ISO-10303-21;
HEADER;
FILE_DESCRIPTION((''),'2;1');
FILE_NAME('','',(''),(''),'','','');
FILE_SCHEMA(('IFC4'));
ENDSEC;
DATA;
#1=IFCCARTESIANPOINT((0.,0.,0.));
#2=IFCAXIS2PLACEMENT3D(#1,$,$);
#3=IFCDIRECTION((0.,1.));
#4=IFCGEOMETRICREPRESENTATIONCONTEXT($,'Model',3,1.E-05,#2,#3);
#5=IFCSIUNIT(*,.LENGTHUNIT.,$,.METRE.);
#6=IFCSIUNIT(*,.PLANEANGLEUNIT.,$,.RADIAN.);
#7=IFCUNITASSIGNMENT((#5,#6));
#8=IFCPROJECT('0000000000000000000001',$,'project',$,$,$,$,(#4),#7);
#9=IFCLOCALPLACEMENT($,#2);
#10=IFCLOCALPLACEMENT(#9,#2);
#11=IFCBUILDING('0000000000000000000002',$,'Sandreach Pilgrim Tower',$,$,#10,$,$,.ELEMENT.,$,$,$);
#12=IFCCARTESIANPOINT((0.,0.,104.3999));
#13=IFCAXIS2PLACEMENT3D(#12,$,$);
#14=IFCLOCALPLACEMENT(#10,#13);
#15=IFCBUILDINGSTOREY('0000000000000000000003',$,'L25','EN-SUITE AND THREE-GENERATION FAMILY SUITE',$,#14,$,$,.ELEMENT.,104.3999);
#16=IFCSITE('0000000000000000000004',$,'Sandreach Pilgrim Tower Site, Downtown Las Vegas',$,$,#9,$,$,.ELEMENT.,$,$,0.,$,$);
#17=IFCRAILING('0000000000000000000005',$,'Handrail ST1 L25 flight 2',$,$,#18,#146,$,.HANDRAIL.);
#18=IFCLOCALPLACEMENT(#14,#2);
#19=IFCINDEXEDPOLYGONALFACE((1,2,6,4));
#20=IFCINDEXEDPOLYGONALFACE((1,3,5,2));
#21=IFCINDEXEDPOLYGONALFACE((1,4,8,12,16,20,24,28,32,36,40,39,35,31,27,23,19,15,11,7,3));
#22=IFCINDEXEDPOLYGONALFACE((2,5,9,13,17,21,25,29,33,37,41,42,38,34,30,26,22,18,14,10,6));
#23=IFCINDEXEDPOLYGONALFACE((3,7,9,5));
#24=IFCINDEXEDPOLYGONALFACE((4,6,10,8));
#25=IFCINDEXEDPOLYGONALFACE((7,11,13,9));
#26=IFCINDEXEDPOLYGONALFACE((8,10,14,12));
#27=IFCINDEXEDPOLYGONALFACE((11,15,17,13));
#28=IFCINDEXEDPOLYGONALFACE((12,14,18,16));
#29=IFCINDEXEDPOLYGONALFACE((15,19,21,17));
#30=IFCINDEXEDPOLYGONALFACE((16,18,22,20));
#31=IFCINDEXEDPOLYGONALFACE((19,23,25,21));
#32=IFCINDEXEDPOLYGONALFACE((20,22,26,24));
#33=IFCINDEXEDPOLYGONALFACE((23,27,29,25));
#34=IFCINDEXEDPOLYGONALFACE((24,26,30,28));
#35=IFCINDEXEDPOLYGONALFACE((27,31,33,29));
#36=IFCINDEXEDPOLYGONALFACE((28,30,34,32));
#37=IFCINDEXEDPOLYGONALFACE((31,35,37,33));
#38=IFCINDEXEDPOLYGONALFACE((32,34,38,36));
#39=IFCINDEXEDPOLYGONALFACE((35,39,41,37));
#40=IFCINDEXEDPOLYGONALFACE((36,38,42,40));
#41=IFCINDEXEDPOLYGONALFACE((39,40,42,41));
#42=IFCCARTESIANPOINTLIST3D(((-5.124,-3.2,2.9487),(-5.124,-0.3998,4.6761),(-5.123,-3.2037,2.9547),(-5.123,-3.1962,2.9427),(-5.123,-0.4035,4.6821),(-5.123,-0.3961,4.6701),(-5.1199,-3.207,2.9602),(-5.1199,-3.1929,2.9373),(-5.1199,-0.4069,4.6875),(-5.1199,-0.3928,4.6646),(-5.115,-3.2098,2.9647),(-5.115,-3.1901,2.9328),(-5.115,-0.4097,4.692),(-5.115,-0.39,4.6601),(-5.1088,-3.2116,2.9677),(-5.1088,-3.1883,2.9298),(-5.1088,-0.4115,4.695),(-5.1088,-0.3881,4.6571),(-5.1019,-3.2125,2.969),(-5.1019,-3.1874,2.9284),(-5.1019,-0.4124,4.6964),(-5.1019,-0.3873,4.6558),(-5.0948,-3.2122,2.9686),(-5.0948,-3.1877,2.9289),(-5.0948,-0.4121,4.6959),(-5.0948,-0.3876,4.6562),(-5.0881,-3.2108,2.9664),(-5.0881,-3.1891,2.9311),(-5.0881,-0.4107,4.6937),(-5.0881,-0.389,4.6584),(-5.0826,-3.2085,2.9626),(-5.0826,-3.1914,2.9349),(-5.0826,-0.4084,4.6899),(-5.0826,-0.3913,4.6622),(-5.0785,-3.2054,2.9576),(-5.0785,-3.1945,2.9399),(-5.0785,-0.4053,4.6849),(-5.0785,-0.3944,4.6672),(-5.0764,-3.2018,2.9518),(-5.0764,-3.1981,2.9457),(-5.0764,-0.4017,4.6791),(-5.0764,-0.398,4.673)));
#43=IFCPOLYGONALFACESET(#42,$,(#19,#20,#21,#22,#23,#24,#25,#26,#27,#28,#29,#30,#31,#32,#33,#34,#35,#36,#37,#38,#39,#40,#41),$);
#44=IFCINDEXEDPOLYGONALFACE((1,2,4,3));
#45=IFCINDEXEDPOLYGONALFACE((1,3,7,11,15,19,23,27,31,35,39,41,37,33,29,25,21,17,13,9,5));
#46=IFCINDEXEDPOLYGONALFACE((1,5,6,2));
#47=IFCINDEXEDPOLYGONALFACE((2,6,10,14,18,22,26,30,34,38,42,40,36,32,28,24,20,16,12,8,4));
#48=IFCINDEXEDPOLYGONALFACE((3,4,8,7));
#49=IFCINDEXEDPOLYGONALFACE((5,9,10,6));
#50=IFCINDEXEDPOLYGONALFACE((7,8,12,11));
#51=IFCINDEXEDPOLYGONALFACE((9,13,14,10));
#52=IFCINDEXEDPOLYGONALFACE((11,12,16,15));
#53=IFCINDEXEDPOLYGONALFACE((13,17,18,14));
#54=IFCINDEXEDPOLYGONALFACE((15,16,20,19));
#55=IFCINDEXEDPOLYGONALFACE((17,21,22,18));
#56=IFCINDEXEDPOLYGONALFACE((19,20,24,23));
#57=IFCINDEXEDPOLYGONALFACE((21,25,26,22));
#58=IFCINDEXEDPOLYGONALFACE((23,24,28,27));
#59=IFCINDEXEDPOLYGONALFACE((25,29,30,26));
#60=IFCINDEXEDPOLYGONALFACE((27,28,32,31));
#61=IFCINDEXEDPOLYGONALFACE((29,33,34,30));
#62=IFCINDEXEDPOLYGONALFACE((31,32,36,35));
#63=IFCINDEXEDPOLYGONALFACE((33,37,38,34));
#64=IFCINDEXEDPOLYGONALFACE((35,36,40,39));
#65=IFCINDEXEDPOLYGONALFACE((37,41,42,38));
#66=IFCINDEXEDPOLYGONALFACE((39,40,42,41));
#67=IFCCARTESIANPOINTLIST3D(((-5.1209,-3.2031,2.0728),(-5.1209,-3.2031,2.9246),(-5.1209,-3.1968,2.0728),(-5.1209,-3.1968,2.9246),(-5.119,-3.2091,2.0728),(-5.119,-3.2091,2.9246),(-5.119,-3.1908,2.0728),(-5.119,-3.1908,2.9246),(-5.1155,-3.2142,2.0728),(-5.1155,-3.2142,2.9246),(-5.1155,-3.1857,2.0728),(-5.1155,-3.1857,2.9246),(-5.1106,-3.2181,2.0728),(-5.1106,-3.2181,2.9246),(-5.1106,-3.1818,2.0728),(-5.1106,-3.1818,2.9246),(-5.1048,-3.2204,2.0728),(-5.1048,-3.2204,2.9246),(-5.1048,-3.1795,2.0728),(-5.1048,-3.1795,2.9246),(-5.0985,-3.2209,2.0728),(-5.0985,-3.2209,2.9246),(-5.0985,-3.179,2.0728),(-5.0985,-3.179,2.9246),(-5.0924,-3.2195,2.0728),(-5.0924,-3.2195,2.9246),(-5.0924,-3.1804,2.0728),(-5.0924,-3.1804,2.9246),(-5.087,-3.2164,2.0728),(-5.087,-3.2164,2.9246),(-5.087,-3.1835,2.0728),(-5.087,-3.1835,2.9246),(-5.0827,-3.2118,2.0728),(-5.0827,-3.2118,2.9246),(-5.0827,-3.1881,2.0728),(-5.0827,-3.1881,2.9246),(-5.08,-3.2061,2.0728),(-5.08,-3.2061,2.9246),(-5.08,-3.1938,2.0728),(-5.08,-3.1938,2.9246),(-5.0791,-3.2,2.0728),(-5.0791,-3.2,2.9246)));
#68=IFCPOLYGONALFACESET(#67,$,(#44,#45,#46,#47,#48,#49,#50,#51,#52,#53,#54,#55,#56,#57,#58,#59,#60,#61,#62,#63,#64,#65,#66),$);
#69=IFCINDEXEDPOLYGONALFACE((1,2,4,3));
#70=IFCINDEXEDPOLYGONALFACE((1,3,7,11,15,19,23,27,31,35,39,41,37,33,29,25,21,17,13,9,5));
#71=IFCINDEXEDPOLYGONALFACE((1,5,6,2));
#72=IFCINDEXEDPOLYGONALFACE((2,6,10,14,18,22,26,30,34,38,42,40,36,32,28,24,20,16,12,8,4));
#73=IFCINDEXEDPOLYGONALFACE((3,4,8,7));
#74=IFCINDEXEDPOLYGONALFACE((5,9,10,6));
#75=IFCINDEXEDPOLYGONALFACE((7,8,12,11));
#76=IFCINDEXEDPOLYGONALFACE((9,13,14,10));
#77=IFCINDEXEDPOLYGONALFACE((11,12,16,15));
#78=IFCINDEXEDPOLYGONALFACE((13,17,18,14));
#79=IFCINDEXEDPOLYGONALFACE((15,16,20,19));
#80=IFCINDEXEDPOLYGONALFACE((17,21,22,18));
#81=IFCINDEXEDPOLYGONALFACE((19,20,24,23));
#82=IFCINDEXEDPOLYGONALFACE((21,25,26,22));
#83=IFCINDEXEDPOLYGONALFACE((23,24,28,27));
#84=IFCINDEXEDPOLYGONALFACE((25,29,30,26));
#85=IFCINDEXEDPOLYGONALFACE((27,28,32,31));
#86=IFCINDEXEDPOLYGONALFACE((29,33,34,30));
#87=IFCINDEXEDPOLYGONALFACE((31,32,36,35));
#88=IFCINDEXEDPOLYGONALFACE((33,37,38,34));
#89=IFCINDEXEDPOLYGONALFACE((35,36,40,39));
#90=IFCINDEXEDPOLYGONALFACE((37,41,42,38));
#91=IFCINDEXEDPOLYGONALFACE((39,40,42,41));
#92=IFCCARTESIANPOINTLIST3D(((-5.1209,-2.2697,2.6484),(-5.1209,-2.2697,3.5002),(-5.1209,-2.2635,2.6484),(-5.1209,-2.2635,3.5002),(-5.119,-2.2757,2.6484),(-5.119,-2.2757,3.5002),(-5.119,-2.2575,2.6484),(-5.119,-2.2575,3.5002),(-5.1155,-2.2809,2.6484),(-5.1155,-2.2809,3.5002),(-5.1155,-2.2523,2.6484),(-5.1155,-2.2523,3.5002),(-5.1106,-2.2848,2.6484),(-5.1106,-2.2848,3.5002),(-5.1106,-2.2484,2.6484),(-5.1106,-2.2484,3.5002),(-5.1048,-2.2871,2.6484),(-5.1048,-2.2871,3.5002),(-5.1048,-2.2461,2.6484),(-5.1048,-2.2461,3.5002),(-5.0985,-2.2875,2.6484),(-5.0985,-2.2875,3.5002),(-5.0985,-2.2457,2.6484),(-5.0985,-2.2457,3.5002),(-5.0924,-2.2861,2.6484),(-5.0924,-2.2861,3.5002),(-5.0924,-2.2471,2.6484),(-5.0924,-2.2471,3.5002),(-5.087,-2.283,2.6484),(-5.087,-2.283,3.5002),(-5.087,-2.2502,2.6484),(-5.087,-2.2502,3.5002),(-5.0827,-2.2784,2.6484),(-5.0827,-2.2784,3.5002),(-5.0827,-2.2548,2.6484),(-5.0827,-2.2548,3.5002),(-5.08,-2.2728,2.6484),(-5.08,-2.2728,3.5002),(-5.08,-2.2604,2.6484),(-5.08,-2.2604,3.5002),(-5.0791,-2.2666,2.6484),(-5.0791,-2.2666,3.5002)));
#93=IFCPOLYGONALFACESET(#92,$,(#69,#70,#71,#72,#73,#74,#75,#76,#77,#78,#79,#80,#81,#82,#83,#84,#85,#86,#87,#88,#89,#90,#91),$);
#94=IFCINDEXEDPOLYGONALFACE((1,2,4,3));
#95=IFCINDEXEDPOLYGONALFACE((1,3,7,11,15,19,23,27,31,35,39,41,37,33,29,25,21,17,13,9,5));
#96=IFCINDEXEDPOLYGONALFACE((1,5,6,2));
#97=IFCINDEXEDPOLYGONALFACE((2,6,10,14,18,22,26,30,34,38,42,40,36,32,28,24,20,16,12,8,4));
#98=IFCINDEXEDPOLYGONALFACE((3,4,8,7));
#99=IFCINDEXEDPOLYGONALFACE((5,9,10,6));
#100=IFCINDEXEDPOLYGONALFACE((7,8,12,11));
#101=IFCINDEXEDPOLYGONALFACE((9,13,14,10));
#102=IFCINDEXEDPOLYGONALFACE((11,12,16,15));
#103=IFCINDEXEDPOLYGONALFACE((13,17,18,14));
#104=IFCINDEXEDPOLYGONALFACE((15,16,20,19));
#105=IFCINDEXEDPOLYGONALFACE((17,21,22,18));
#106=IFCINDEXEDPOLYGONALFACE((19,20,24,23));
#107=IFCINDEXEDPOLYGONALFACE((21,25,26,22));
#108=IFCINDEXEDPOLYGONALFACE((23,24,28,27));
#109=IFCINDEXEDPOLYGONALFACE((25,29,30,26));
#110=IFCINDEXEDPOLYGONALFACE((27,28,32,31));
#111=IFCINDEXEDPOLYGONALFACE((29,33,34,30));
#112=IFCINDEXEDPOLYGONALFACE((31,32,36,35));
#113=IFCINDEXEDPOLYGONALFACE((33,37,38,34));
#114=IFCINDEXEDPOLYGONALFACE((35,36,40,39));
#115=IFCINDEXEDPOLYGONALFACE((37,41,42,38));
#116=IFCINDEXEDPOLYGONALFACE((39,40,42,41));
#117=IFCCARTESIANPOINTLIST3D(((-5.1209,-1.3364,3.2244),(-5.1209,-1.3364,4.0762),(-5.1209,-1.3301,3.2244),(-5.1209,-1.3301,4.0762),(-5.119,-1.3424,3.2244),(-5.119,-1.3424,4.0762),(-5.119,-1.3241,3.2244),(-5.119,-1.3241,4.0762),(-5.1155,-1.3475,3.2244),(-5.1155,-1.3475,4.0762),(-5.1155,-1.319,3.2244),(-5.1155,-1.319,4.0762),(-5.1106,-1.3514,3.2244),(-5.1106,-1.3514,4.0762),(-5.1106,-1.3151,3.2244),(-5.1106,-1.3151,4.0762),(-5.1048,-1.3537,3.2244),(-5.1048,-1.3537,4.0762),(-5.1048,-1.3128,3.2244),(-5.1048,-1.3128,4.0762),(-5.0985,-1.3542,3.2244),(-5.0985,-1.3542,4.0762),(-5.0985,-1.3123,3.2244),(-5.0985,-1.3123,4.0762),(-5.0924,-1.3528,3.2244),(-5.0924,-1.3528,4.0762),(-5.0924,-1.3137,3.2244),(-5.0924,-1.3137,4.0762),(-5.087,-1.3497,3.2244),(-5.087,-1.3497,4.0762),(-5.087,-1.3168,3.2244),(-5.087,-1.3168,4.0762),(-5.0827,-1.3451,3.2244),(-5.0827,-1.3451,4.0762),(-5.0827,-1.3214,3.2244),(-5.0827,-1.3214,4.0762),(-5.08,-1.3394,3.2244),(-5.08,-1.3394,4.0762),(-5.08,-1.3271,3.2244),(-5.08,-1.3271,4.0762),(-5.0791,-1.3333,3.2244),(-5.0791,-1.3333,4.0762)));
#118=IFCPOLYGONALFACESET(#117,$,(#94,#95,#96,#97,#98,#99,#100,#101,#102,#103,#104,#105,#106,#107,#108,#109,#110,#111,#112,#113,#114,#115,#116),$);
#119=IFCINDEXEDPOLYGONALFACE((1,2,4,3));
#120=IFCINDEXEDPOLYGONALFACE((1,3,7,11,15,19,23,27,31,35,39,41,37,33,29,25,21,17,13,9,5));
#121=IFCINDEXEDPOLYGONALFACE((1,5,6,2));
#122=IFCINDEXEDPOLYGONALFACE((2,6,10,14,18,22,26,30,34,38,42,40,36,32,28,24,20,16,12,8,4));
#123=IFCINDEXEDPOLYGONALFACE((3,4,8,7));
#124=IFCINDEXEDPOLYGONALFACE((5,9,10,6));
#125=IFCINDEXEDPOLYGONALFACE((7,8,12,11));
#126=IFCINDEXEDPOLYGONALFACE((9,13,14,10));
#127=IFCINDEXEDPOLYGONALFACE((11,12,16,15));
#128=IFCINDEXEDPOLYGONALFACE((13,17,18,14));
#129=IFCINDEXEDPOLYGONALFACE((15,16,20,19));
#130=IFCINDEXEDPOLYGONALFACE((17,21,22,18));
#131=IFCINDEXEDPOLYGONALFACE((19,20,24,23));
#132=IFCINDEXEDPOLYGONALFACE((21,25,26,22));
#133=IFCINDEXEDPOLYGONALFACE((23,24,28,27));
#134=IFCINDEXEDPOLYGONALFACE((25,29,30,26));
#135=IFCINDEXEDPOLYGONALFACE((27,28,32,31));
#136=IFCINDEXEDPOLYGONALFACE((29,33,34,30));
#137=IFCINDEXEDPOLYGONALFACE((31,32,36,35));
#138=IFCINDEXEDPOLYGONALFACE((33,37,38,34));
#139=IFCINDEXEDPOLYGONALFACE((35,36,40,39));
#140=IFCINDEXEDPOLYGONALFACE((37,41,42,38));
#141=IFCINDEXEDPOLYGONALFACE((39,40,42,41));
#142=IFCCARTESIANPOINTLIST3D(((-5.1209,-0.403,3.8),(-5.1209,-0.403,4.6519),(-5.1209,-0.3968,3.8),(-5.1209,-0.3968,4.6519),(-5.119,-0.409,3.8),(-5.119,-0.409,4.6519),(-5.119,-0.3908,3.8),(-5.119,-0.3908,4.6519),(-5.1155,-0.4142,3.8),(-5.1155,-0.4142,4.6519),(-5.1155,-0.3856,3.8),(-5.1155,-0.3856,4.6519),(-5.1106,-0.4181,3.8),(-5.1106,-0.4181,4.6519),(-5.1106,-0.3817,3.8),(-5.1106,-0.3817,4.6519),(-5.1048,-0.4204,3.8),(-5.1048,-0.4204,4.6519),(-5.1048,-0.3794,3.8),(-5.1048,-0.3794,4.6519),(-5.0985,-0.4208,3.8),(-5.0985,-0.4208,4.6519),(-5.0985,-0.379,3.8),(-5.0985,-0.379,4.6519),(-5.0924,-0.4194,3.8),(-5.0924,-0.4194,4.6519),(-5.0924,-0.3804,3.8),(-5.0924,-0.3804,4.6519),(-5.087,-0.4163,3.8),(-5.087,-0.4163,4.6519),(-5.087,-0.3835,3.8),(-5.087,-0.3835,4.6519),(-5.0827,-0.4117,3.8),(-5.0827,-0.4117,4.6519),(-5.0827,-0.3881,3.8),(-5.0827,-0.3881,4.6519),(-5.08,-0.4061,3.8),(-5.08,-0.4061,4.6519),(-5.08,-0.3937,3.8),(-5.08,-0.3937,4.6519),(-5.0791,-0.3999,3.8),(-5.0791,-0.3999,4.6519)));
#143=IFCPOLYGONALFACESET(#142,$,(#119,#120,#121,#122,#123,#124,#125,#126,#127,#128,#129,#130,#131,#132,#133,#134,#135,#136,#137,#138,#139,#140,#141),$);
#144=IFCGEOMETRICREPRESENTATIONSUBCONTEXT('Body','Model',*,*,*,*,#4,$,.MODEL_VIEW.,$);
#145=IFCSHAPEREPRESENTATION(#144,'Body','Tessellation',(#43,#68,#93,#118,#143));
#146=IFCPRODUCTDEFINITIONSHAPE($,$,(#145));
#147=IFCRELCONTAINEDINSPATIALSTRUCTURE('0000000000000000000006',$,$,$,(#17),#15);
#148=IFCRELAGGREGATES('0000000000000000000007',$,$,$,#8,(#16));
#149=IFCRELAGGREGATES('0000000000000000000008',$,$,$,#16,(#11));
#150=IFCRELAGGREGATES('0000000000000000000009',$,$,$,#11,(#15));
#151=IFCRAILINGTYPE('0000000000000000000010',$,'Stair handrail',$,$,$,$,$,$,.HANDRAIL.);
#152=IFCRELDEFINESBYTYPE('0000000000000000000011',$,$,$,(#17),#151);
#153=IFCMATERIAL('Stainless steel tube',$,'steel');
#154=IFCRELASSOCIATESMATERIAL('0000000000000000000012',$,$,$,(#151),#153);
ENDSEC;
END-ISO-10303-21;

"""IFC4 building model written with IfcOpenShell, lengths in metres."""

from ifc_helpers import new_model, si_unit, direction, frame, origin, origin_2d, place, context, subcontext, project, spatial, circle, extrude, material, type_object, element, save


model = new_model("IFC4")

# Units and contexts
model_context = context("Model", 3, precision=1e-05, world=origin(), true_north=direction((0.0, 1.0)))
body_context = subcontext(model_context, "Body", "Model", "MODEL_VIEW")
ifc_project = project(units=[si_unit("LENGTHUNIT", "METRE"), si_unit("PLANEANGLEUNIT", "RADIAN")], contexts=[model_context])

# Site, building, storey
site_placement = place(None, origin())
site = spatial("IfcSite", under=ifc_project, at=site_placement, Name="Sandreach Pilgrim Tower Site, Downtown Las Vegas", CompositionType="ELEMENT", RefElevation=0.0)
building_placement = place(site_placement, origin())
building = spatial("IfcBuilding", under=site, at=building_placement, Name="Sandreach Pilgrim Tower", CompositionType="ELEMENT")
storey_placement = place(building_placement, frame((0.0, 0.0, 104.3999)))
storey = spatial("IfcBuildingStorey", under=building, at=storey_placement, Name="L25", Description="EN-SUITE AND THREE-GENERATION FAMILY SUITE", CompositionType="ELEMENT", Elevation=104.3999)

# Railing
ifc_material_1 = material(Name="Stainless steel tube", Category="steel")
railing_type = type_object("IfcRailingType", Name="Stair handrail", PredefinedType="HANDRAIL", material=ifc_material_1)
for number, where, name in (
    (1, (-5.1001, -3.2, 2.0728), "Handrail ST1 L25 flight 2"),
):
    element("IfcRailing", number, at=place(storey_placement, frame(where)), inside=storey, type_object=railing_type, Name=name, PredefinedType="HANDRAIL", context=body_context, shape_type="SweptSolid", body=[
        extrude(circle(Radius=0.0239, at=origin_2d()), frame((0.0, 0.0, 0.876), z_axis=(0.0, 0.85109, 0.52502), x_axis=(-1.0, 0.0, 0.0)), (0.0, 0.0, 1.0), 3.29),
        extrude(circle(Radius=0.021, at=origin_2d()), origin(), (0.0, 0.0, 1.0), 0.8518),
        extrude(circle(Radius=0.021, at=origin_2d()), frame((0.0, 0.9333, 0.5757)), (0.0, 0.0, 1.0), 0.8518),
        extrude(circle(Radius=0.021, at=origin_2d()), frame((0.0, 1.8667, 1.1516)), (0.0, 0.0, 1.0), 0.8518),
        extrude(circle(Radius=0.021, at=origin_2d()), frame((0.0, 2.8, 1.7273)), (0.0, 0.0, 1.0), 0.8518),
    ])

save(model, "model.ifc")
